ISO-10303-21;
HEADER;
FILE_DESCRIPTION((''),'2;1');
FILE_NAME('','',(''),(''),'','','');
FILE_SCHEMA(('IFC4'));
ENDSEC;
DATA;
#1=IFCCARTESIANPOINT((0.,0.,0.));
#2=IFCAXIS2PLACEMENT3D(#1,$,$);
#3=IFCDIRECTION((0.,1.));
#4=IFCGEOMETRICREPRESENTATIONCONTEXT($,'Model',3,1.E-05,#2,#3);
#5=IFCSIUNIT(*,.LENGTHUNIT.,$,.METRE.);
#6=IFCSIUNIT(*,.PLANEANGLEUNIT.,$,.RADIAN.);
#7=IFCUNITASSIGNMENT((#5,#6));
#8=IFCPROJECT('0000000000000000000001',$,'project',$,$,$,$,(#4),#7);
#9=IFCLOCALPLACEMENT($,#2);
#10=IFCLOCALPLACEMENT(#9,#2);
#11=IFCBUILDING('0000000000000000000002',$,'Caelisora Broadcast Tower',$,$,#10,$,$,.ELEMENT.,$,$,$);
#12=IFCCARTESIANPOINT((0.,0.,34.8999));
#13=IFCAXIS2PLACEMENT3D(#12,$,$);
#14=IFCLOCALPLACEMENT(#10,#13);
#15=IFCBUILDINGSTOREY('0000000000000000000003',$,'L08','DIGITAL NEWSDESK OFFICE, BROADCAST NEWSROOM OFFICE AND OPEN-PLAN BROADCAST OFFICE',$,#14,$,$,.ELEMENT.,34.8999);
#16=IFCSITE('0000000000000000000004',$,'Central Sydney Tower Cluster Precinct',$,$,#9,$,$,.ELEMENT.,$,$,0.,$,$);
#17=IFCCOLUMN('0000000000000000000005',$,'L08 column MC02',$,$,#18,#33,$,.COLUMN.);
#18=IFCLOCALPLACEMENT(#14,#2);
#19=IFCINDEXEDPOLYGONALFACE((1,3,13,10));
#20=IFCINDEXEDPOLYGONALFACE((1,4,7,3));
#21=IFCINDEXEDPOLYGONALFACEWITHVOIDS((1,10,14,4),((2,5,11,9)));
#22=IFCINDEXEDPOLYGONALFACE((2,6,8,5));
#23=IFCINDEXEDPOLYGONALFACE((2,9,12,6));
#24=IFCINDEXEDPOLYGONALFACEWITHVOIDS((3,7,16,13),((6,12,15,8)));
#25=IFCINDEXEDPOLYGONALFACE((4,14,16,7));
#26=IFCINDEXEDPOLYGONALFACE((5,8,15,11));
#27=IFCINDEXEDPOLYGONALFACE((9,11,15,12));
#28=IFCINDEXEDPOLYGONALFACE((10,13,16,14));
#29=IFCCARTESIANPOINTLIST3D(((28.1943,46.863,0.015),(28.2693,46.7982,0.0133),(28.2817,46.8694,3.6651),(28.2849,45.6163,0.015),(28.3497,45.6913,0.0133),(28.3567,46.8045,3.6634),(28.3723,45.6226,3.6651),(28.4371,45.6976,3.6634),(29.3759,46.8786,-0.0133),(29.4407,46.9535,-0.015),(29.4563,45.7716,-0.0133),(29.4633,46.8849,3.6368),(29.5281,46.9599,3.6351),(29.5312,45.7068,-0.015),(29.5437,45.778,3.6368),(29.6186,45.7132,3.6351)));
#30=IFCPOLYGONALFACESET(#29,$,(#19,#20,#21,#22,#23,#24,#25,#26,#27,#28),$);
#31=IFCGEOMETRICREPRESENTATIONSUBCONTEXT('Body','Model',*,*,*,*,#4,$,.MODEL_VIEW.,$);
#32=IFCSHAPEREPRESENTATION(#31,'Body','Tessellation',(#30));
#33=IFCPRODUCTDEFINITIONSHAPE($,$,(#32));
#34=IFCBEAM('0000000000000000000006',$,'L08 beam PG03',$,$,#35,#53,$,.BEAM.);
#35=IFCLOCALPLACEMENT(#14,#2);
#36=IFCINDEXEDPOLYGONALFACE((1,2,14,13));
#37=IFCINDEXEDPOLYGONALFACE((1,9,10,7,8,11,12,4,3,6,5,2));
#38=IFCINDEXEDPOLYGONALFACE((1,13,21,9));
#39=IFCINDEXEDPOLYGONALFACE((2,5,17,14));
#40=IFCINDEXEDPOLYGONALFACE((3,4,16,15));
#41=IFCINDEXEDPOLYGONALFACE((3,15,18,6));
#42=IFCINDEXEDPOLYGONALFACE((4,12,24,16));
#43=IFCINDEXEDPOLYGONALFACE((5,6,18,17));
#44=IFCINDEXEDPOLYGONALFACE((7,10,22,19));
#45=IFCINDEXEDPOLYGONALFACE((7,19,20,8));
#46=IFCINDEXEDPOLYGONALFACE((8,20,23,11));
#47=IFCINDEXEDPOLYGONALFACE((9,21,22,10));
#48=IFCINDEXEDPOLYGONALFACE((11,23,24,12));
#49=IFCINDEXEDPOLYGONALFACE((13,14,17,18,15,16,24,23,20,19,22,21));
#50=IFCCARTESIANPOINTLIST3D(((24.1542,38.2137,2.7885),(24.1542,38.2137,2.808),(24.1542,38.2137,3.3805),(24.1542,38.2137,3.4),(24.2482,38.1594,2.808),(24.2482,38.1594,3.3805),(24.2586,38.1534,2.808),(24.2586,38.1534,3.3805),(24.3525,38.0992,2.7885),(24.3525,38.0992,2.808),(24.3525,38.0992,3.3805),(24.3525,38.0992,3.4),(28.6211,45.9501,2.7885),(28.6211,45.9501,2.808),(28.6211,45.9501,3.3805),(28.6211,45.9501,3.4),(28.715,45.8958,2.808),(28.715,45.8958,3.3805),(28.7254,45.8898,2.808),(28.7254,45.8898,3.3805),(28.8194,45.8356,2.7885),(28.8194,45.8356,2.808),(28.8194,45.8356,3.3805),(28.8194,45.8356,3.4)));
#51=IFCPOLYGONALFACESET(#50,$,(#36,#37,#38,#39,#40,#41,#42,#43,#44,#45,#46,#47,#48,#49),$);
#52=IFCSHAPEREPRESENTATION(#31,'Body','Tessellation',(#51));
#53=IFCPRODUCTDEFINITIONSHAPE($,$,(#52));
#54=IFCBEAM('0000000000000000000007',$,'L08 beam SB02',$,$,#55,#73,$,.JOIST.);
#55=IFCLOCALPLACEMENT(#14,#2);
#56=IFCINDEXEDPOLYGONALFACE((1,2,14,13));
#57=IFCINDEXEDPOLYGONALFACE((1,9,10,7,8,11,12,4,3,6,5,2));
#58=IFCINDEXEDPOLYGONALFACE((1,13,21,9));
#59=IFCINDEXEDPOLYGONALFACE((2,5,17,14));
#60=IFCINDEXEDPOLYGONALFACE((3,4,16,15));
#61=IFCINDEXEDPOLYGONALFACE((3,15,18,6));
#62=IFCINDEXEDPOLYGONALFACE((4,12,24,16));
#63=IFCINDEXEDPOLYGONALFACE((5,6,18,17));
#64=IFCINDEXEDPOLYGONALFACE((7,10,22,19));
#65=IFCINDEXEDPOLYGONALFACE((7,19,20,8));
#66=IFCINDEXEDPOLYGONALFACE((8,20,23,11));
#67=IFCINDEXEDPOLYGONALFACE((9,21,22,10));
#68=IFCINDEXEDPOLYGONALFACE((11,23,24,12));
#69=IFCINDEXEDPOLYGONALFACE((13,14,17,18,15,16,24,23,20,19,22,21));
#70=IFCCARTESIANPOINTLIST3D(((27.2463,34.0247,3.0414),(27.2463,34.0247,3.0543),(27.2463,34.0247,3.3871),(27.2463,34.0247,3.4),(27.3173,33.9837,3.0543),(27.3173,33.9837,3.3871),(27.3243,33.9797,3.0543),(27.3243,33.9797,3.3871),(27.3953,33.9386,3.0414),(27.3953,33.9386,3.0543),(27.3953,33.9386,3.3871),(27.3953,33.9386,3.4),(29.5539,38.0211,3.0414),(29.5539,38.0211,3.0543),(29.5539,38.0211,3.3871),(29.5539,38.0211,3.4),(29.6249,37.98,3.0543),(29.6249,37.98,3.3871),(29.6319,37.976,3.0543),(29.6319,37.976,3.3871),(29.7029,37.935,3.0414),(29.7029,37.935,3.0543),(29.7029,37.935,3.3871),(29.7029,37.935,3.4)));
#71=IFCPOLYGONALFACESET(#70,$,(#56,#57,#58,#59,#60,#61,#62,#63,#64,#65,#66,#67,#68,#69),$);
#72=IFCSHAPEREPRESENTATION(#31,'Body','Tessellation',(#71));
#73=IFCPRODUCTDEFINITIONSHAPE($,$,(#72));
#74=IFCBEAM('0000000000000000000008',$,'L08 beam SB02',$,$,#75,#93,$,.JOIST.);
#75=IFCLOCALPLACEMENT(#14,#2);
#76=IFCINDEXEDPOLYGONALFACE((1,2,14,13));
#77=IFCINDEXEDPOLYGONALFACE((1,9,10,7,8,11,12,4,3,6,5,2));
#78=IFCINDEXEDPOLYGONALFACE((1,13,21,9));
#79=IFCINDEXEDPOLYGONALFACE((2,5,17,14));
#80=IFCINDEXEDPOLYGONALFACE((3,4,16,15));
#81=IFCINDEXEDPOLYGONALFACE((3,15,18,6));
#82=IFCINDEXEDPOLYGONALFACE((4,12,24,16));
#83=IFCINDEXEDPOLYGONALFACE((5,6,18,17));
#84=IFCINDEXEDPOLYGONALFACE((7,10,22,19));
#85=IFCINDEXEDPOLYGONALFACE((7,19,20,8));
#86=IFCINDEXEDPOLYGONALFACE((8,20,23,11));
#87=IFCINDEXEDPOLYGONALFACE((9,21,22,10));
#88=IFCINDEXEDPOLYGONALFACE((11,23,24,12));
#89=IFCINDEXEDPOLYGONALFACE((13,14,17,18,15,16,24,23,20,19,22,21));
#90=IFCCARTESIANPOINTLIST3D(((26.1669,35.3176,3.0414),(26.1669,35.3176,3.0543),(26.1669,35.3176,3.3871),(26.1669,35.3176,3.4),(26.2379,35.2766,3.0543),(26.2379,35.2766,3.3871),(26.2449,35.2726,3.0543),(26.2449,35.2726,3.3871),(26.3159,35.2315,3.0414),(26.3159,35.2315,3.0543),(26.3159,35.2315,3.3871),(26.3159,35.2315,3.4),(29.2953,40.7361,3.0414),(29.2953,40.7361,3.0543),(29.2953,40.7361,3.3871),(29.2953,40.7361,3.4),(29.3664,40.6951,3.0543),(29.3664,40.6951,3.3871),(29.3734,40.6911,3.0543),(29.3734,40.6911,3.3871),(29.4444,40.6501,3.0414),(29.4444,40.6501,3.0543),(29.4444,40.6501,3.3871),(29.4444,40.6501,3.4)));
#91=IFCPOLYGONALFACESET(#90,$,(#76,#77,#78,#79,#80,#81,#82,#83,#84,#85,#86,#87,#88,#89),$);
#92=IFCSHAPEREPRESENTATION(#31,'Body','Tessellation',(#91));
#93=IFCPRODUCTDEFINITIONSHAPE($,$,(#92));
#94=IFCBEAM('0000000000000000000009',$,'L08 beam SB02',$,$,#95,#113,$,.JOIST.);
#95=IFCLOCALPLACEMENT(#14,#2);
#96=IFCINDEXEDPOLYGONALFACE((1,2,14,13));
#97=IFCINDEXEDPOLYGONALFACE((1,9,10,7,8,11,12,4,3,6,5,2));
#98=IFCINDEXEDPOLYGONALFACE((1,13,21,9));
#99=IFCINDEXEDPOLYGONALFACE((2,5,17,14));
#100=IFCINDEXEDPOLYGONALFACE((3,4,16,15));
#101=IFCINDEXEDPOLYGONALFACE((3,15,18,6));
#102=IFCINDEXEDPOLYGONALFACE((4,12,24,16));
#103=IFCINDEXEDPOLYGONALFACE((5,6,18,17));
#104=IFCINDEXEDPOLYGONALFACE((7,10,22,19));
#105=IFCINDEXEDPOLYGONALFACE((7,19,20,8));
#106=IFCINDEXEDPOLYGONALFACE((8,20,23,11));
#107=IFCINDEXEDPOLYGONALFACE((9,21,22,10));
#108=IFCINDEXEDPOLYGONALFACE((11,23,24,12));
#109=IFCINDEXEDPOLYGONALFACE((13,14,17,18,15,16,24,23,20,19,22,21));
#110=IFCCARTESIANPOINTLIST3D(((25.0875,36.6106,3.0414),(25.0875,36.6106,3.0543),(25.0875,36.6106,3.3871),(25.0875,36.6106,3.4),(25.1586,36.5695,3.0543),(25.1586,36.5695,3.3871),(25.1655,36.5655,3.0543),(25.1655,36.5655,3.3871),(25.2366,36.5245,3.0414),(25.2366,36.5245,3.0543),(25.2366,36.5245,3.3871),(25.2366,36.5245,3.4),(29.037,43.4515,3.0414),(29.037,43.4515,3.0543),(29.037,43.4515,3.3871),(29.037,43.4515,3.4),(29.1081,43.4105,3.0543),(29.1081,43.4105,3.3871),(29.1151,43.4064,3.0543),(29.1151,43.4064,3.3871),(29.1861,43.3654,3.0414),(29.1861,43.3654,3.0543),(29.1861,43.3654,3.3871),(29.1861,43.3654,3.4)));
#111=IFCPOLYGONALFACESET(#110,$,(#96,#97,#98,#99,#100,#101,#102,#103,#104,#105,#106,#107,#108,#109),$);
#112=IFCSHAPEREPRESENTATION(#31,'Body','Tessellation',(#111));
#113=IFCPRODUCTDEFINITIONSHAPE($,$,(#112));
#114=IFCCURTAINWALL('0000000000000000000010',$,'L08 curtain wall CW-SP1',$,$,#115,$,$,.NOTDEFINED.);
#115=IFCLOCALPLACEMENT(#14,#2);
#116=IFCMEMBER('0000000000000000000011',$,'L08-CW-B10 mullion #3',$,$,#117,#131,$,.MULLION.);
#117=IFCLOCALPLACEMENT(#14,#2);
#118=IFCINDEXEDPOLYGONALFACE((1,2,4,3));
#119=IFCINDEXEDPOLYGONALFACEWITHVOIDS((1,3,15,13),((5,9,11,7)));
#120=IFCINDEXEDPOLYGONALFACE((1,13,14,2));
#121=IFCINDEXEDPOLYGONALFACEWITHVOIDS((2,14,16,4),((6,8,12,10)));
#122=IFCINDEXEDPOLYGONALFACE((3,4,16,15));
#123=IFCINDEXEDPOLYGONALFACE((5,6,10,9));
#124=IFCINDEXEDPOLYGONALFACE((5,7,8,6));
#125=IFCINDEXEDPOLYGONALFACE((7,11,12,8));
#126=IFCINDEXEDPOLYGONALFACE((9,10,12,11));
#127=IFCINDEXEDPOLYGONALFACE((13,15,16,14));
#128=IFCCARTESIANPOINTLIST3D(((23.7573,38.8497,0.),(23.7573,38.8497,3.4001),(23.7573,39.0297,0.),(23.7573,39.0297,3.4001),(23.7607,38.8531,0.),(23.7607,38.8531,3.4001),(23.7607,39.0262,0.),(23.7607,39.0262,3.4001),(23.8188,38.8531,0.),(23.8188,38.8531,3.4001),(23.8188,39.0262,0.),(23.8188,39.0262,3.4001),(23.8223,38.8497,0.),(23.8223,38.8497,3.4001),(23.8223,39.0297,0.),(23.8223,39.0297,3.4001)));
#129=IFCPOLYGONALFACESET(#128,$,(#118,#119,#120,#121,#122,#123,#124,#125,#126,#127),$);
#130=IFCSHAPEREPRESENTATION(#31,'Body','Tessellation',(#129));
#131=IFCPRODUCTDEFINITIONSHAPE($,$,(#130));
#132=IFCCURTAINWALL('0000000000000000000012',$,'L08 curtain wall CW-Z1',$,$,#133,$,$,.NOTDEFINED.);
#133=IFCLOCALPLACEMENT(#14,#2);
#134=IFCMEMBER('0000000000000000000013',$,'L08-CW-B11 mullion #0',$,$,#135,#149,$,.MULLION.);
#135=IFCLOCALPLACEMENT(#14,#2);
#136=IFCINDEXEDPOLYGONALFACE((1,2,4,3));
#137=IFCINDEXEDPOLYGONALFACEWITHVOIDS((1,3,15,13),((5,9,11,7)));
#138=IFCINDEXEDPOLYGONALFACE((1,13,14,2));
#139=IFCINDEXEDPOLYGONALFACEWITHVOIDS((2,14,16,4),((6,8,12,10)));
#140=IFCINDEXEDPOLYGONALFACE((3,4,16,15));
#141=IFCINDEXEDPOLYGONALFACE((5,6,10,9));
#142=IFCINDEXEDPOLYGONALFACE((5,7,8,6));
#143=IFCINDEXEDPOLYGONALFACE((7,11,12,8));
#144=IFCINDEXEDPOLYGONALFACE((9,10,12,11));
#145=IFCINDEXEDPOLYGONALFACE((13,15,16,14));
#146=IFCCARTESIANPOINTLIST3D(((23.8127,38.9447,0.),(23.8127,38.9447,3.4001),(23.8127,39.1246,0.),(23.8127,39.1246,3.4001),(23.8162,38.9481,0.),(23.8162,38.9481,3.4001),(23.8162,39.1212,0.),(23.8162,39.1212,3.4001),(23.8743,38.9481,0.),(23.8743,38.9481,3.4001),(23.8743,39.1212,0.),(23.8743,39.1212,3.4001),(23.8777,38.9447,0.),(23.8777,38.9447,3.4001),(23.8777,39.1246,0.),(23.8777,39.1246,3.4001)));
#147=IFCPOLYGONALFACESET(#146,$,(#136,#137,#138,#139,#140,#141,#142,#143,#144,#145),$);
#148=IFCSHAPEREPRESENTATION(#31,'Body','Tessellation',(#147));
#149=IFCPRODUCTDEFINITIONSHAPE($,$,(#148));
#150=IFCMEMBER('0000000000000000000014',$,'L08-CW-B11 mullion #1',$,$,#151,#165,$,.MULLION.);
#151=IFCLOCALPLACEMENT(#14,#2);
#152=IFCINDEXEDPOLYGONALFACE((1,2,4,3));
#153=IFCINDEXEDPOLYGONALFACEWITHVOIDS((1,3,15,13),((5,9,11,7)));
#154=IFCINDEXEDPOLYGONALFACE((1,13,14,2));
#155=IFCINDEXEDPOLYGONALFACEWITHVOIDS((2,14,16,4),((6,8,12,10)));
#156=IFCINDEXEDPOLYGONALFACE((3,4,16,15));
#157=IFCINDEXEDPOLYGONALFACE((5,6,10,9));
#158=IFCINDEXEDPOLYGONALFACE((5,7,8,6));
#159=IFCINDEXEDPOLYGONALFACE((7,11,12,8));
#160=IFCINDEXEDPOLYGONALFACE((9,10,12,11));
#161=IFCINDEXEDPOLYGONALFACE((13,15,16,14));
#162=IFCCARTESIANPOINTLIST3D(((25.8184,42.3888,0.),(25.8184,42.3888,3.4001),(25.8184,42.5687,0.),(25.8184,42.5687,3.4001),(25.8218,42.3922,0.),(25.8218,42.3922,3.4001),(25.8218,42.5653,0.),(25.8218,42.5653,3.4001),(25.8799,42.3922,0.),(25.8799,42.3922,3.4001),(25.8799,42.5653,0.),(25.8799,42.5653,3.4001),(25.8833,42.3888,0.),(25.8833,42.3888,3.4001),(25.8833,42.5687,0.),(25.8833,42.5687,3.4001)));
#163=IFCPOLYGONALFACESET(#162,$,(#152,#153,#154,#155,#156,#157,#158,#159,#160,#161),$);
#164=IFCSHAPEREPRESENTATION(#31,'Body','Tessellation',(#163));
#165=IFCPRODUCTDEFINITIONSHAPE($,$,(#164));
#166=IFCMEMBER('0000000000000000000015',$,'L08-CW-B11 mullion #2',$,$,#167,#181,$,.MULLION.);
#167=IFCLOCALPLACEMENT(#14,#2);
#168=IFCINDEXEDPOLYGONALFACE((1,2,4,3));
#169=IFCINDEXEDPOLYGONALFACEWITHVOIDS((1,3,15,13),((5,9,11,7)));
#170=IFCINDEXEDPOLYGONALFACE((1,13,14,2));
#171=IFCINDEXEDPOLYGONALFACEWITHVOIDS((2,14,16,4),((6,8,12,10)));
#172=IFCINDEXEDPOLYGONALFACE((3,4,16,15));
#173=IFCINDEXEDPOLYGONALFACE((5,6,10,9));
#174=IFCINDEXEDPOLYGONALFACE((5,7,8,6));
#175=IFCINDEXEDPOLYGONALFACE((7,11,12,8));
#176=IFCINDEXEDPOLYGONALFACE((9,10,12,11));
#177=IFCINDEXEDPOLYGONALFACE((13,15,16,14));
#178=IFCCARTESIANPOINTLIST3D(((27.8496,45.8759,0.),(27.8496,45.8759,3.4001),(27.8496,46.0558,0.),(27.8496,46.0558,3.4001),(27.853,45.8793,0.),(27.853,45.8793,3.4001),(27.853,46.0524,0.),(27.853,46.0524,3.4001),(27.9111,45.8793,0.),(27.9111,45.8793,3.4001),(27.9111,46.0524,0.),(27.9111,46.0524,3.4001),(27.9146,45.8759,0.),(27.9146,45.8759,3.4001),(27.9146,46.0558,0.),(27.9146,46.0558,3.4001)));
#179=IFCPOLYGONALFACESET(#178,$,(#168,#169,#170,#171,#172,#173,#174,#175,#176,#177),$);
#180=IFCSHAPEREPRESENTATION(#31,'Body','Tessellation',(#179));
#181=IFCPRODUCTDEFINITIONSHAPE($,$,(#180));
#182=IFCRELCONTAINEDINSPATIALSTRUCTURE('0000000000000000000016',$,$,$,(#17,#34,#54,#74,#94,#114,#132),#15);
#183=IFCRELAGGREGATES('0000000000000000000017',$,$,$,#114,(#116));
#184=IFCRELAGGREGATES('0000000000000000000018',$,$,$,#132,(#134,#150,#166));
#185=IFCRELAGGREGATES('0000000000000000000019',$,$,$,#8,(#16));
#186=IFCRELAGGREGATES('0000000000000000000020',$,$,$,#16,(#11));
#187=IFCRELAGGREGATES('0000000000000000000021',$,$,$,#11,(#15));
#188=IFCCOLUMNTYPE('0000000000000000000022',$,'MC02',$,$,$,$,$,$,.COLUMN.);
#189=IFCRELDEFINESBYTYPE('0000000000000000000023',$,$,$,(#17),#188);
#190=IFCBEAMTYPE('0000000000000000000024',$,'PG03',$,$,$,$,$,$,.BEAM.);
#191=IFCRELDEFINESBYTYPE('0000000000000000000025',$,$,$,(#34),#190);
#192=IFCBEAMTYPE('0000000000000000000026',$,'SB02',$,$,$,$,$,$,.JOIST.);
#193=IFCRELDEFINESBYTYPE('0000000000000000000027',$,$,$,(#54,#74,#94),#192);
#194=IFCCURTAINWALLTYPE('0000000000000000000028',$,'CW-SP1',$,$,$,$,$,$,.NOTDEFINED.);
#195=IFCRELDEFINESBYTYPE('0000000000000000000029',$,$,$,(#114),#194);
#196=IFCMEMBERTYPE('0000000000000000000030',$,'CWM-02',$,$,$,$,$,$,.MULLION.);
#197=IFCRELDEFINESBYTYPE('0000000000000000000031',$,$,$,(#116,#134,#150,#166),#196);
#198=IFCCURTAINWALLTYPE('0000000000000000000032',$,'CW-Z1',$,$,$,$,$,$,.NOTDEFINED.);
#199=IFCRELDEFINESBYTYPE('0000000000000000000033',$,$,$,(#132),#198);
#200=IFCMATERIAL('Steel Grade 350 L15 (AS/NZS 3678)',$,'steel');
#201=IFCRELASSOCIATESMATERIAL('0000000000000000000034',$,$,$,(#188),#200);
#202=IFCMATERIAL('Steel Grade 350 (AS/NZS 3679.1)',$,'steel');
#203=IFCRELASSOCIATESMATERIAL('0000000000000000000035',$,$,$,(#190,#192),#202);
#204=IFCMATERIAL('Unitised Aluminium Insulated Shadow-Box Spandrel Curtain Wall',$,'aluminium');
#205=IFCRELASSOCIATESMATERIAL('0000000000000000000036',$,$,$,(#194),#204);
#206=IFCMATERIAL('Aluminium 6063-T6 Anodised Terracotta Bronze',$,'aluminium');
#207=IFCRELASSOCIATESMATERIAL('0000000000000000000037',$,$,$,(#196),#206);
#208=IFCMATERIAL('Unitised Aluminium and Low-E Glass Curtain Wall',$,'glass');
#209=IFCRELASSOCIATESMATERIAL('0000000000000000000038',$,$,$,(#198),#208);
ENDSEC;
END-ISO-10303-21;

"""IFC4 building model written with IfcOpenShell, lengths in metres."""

from ifc_helpers import new_model, si_unit, direction, frame, origin, origin_2d, place, context, subcontext, project, spatial, hollow_rectangle, i_section, extrude, source, transform, mapped, material, material_profile, profile_set, type_object, type_shapes, element, aggregate, save


model = new_model("IFC4")

# Units and contexts
model_context = context("Model", 3, precision=1e-05, world=origin(), true_north=direction((0.0, 1.0)))
body_context = subcontext(model_context, "Body", "Model", "MODEL_VIEW")
ifc_project = project(units=[si_unit("LENGTHUNIT", "METRE"), si_unit("PLANEANGLEUNIT", "RADIAN")], contexts=[model_context])

# Site, building, storey
site_placement = place(None, origin())
site = spatial("IfcSite", under=ifc_project, at=site_placement, Name="Central Sydney Tower Cluster Precinct", CompositionType="ELEMENT", RefElevation=0.0)
building_placement = place(site_placement, origin())
building = spatial("IfcBuilding", under=site, at=building_placement, Name="Caelisora Broadcast Tower", CompositionType="ELEMENT")
storey_placement = place(building_placement, frame((0.0, 0.0, 34.8999)))
storey = spatial("IfcBuildingStorey", under=building, at=storey_placement, Name="L08", Description="DIGITAL NEWSDESK OFFICE, BROADCAST NEWSROOM OFFICE AND OPEN-PLAN BROADCAST OFFICE", CompositionType="ELEMENT", Elevation=34.8999)

# Column
ifc_material_1 = material(Name="Steel Grade 350 L15 (AS/NZS 3678)", Category="steel")
ifc_material_profile_1 = material_profile(ifc_material_1, hollow_rectangle(XDim=1.25, YDim=1.25, WallThickness=0.0701, at=origin_2d()), Name="Steel Grade 350 L15 (AS/NZS 3678)")
ifc_profile_set_1 = profile_set([ifc_material_profile_1], Name="Steel Grade 350 L15 (AS/NZS 3678)")
column_type = type_object("IfcColumnType", Name="MC02", PredefinedType="COLUMN", material=ifc_profile_set_1)
shared_shape_1 = source(origin(), body_context, "Body", "SweptSolid", [
    extrude(hollow_rectangle(XDim=1.25, YDim=1.25, WallThickness=0.0701, at=origin_2d()), origin(), (0.0, 0.0, 1.0), 3.6511),
])
type_shapes(column_type, [shared_shape_1])
column_placement = place(storey_placement, frame((28.8628, 46.2849, 0.0), z_axis=(0.023938, 0.001739, 0.999712), x_axis=(-0.072435, 0.997373, 0.0)))
element("IfcColumn", 1, at=column_placement, inside=storey, type_object=column_type, Name="L08 column MC02", PredefinedType="COLUMN", context=body_context, shape_type="MappedRepresentation", body=[
    mapped(shared_shape_1, transform((0.0, 0.0, 0.0), scale=1.0)),
])

# Beams
ifc_material_2 = material(Name="Steel Grade 350 (AS/NZS 3679.1)", Category="steel")
ifc_material_profile_2 = material_profile(ifc_material_2, i_section(OverallWidth=0.229, OverallDepth=0.6116, WebThickness=0.012, FlangeThickness=0.0195, at=origin_2d()), Name="Steel Grade 350 (AS/NZS 3679.1)")
ifc_profile_set_2 = profile_set([ifc_material_profile_2], Name="Steel Grade 350 (AS/NZS 3679.1)")
beam_type_1 = type_object("IfcBeamType", Name="PG03", PredefinedType="BEAM", material=ifc_profile_set_2)
shared_shape_2 = source(origin(), body_context, "Body", "SweptSolid", [
    extrude(i_section(OverallWidth=0.229, OverallDepth=0.6116, WebThickness=0.012, FlangeThickness=0.0195, at=origin_2d()), origin(), (0.0, 0.0, 1.0), 8.9333),
])
type_shapes(beam_type_1, [shared_shape_2])
beam_1_placement = place(storey_placement, frame((28.7202, 45.8928, 3.0942), z_axis=(-0.500019, -0.866014, 0.0), x_axis=(0.866014, -0.500019, 0.0)))
element("IfcBeam", 2, at=beam_1_placement, inside=storey, type_object=beam_type_1, Name="L08 beam PG03", PredefinedType="BEAM", context=body_context, shape_type="MappedRepresentation", body=[
    mapped(shared_shape_2, transform((0.0, 0.0, 0.0), scale=1.0)),
])
ifc_material_profile_3 = material_profile(ifc_material_2, i_section(OverallWidth=0.1721, OverallDepth=0.3586, WebThickness=0.0081, FlangeThickness=0.0129, at=origin_2d()), Name="Steel Grade 350 (AS/NZS 3679.1)")
ifc_profile_set_3 = profile_set([ifc_material_profile_3], Name="Steel Grade 350 (AS/NZS 3679.1)")
beam_type_2 = type_object("IfcBeamType", Name="SB02", PredefinedType="JOIST", material=ifc_profile_set_3)
shared_shape_3 = source(origin(), body_context, "Body", "SweptSolid", [
    extrude(i_section(OverallWidth=0.1721, OverallDepth=0.3586, WebThickness=0.0081, FlangeThickness=0.0129, at=origin_2d()), origin(), (0.0, 0.0, 1.0), 4.6147),
])
beam_2_placement = place(storey_placement, frame((29.6284, 37.978, 3.2207), z_axis=(-0.500054, -0.865994, 0.0), x_axis=(0.865994, -0.500054, 0.0)))
element("IfcBeam", 3, at=beam_2_placement, inside=storey, type_object=beam_type_2, Name="L08 beam SB02", PredefinedType="JOIST", context=body_context, shape_type="MappedRepresentation", body=[
    mapped(shared_shape_3, transform((0.0, 0.0, 0.0), scale=1.0)),
])
shared_shape_4 = source(origin(), body_context, "Body", "SweptSolid", [
    extrude(i_section(OverallWidth=0.1721, OverallDepth=0.3586, WebThickness=0.0081, FlangeThickness=0.0129, at=origin_2d()), origin(), (0.0, 0.0, 1.0), 6.2568),
])
beam_3_placement = place(storey_placement, frame((29.3699, 40.6931, 3.2207), z_axis=(-0.500008, -0.866021, 0.0), x_axis=(0.866021, -0.500008, 0.0)))
element("IfcBeam", 4, at=beam_3_placement, inside=storey, type_object=beam_type_2, Name="L08 beam SB02", PredefinedType="JOIST", context=body_context, shape_type="MappedRepresentation", body=[
    mapped(shared_shape_4, transform((0.0, 0.0, 0.0), scale=1.0)),
])
shared_shape_5 = source(origin(), body_context, "Body", "SweptSolid", [
    extrude(i_section(OverallWidth=0.1721, OverallDepth=0.3586, WebThickness=0.0081, FlangeThickness=0.0129, at=origin_2d()), origin(), (0.0, 0.0, 1.0), 7.8992),
])
type_shapes(beam_type_2, [shared_shape_3, shared_shape_4, shared_shape_5])
beam_4_placement = place(storey_placement, frame((29.1116, 43.4084, 3.2207), z_axis=(-0.499992, -0.86603, 0.0), x_axis=(0.86603, -0.499992, 0.0)))
element("IfcBeam", 5, at=beam_4_placement, inside=storey, type_object=beam_type_2, Name="L08 beam SB02", PredefinedType="JOIST", context=body_context, shape_type="MappedRepresentation", body=[
    mapped(shared_shape_5, transform((0.0, 0.0, 0.0), scale=1.0)),
])

# Curtain wall, member
ifc_material_3 = material(Name="Unitised Aluminium Insulated Shadow-Box Spandrel Curtain Wall", Category="aluminium")
curtain_wall_type_1 = type_object("IfcCurtainWallType", Name="CW-SP1", PredefinedType="NOTDEFINED", material=ifc_material_3)
curtain_wall_1_placement = place(storey_placement, origin())
curtain_wall_1 = element("IfcCurtainWall", 6, at=curtain_wall_1_placement, inside=storey, type_object=curtain_wall_type_1, Name="L08 curtain wall CW-SP1", PredefinedType="NOTDEFINED")
ifc_material_4 = material(Name="Aluminium 6063-T6 Anodised Terracotta Bronze", Category="aluminium")
ifc_material_profile_4 = material_profile(ifc_material_4, hollow_rectangle(XDim=0.0649, YDim=0.1799, WallThickness=0.0034, at=origin_2d()), Name="Aluminium 6063-T6 Anodised Terracotta Bronze")
ifc_profile_set_4 = profile_set([ifc_material_profile_4], Name="Aluminium 6063-T6 Anodised Terracotta Bronze")
member_type_1 = type_object("IfcMemberType", Name="CWM-02", PredefinedType="MULLION", material=ifc_profile_set_4)
shared_shape_6 = source(origin(), body_context, "Body", "SweptSolid", [
    extrude(hollow_rectangle(XDim=0.0649, YDim=0.1799, WallThickness=0.0034, at=origin_2d()), origin(), (0.0, 0.0, 1.0), 3.4001),
])
type_shapes(member_type_1, [shared_shape_6])
member_1_placement = place(storey_placement, frame((23.7898, 38.9397, 0.0), z_axis=(0.0, 0.0, 1.0), x_axis=(1.0, 0.0, 0.0)))
member_1 = element("IfcMember", 7, at=member_1_placement, type_object=member_type_1, Name="L08-CW-B10 mullion #3", PredefinedType="MULLION", context=body_context, shape_type="MappedRepresentation", body=[
    mapped(shared_shape_6, transform((0.0, 0.0, 0.0), scale=1.0)),
])
aggregate(curtain_wall_1, [member_1])

# Curtain wall, members
ifc_material_5 = material(Name="Unitised Aluminium and Low-E Glass Curtain Wall", Category="glass")
curtain_wall_type_2 = type_object("IfcCurtainWallType", Name="CW-Z1", PredefinedType="NOTDEFINED", material=ifc_material_5)
curtain_wall_2_placement = place(storey_placement, origin())
curtain_wall_2 = element("IfcCurtainWall", 8, at=curtain_wall_2_placement, inside=storey, type_object=curtain_wall_type_2, Name="L08 curtain wall CW-Z1", PredefinedType="NOTDEFINED")
member_2_placement = place(storey_placement, frame((23.8452, 39.0347, 0.0), z_axis=(0.0, 0.0, 1.0), x_axis=(1.0, 0.0, 0.0)))
member_2 = element("IfcMember", 9, at=member_2_placement, type_object=member_type_1, Name="L08-CW-B11 mullion #0", PredefinedType="MULLION", context=body_context, shape_type="MappedRepresentation", body=[
    mapped(shared_shape_6, transform((0.0, 0.0, 0.0), scale=1.0)),
])
member_3_placement = place(storey_placement, frame((25.8508, 42.4788, 0.0), z_axis=(0.0, 0.0, 1.0), x_axis=(1.0, 0.0, 0.0)))
member_3 = element("IfcMember", 10, at=member_3_placement, type_object=member_type_1, Name="L08-CW-B11 mullion #1", PredefinedType="MULLION", context=body_context, shape_type="MappedRepresentation", body=[
    mapped(shared_shape_6, transform((0.0, 0.0, 0.0), scale=1.0)),
])
member_4_placement = place(storey_placement, frame((27.8821, 45.9658, 0.0), z_axis=(0.0, 0.0, 1.0), x_axis=(1.0, 0.0, 0.0)))
member_4 = element("IfcMember", 11, at=member_4_placement, type_object=member_type_1, Name="L08-CW-B11 mullion #2", PredefinedType="MULLION", context=body_context, shape_type="MappedRepresentation", body=[
    mapped(shared_shape_6, transform((0.0, 0.0, 0.0), scale=1.0)),
])

aggregate(curtain_wall_2, [member_2, member_3, member_4])

save(model, "model.ifc")
